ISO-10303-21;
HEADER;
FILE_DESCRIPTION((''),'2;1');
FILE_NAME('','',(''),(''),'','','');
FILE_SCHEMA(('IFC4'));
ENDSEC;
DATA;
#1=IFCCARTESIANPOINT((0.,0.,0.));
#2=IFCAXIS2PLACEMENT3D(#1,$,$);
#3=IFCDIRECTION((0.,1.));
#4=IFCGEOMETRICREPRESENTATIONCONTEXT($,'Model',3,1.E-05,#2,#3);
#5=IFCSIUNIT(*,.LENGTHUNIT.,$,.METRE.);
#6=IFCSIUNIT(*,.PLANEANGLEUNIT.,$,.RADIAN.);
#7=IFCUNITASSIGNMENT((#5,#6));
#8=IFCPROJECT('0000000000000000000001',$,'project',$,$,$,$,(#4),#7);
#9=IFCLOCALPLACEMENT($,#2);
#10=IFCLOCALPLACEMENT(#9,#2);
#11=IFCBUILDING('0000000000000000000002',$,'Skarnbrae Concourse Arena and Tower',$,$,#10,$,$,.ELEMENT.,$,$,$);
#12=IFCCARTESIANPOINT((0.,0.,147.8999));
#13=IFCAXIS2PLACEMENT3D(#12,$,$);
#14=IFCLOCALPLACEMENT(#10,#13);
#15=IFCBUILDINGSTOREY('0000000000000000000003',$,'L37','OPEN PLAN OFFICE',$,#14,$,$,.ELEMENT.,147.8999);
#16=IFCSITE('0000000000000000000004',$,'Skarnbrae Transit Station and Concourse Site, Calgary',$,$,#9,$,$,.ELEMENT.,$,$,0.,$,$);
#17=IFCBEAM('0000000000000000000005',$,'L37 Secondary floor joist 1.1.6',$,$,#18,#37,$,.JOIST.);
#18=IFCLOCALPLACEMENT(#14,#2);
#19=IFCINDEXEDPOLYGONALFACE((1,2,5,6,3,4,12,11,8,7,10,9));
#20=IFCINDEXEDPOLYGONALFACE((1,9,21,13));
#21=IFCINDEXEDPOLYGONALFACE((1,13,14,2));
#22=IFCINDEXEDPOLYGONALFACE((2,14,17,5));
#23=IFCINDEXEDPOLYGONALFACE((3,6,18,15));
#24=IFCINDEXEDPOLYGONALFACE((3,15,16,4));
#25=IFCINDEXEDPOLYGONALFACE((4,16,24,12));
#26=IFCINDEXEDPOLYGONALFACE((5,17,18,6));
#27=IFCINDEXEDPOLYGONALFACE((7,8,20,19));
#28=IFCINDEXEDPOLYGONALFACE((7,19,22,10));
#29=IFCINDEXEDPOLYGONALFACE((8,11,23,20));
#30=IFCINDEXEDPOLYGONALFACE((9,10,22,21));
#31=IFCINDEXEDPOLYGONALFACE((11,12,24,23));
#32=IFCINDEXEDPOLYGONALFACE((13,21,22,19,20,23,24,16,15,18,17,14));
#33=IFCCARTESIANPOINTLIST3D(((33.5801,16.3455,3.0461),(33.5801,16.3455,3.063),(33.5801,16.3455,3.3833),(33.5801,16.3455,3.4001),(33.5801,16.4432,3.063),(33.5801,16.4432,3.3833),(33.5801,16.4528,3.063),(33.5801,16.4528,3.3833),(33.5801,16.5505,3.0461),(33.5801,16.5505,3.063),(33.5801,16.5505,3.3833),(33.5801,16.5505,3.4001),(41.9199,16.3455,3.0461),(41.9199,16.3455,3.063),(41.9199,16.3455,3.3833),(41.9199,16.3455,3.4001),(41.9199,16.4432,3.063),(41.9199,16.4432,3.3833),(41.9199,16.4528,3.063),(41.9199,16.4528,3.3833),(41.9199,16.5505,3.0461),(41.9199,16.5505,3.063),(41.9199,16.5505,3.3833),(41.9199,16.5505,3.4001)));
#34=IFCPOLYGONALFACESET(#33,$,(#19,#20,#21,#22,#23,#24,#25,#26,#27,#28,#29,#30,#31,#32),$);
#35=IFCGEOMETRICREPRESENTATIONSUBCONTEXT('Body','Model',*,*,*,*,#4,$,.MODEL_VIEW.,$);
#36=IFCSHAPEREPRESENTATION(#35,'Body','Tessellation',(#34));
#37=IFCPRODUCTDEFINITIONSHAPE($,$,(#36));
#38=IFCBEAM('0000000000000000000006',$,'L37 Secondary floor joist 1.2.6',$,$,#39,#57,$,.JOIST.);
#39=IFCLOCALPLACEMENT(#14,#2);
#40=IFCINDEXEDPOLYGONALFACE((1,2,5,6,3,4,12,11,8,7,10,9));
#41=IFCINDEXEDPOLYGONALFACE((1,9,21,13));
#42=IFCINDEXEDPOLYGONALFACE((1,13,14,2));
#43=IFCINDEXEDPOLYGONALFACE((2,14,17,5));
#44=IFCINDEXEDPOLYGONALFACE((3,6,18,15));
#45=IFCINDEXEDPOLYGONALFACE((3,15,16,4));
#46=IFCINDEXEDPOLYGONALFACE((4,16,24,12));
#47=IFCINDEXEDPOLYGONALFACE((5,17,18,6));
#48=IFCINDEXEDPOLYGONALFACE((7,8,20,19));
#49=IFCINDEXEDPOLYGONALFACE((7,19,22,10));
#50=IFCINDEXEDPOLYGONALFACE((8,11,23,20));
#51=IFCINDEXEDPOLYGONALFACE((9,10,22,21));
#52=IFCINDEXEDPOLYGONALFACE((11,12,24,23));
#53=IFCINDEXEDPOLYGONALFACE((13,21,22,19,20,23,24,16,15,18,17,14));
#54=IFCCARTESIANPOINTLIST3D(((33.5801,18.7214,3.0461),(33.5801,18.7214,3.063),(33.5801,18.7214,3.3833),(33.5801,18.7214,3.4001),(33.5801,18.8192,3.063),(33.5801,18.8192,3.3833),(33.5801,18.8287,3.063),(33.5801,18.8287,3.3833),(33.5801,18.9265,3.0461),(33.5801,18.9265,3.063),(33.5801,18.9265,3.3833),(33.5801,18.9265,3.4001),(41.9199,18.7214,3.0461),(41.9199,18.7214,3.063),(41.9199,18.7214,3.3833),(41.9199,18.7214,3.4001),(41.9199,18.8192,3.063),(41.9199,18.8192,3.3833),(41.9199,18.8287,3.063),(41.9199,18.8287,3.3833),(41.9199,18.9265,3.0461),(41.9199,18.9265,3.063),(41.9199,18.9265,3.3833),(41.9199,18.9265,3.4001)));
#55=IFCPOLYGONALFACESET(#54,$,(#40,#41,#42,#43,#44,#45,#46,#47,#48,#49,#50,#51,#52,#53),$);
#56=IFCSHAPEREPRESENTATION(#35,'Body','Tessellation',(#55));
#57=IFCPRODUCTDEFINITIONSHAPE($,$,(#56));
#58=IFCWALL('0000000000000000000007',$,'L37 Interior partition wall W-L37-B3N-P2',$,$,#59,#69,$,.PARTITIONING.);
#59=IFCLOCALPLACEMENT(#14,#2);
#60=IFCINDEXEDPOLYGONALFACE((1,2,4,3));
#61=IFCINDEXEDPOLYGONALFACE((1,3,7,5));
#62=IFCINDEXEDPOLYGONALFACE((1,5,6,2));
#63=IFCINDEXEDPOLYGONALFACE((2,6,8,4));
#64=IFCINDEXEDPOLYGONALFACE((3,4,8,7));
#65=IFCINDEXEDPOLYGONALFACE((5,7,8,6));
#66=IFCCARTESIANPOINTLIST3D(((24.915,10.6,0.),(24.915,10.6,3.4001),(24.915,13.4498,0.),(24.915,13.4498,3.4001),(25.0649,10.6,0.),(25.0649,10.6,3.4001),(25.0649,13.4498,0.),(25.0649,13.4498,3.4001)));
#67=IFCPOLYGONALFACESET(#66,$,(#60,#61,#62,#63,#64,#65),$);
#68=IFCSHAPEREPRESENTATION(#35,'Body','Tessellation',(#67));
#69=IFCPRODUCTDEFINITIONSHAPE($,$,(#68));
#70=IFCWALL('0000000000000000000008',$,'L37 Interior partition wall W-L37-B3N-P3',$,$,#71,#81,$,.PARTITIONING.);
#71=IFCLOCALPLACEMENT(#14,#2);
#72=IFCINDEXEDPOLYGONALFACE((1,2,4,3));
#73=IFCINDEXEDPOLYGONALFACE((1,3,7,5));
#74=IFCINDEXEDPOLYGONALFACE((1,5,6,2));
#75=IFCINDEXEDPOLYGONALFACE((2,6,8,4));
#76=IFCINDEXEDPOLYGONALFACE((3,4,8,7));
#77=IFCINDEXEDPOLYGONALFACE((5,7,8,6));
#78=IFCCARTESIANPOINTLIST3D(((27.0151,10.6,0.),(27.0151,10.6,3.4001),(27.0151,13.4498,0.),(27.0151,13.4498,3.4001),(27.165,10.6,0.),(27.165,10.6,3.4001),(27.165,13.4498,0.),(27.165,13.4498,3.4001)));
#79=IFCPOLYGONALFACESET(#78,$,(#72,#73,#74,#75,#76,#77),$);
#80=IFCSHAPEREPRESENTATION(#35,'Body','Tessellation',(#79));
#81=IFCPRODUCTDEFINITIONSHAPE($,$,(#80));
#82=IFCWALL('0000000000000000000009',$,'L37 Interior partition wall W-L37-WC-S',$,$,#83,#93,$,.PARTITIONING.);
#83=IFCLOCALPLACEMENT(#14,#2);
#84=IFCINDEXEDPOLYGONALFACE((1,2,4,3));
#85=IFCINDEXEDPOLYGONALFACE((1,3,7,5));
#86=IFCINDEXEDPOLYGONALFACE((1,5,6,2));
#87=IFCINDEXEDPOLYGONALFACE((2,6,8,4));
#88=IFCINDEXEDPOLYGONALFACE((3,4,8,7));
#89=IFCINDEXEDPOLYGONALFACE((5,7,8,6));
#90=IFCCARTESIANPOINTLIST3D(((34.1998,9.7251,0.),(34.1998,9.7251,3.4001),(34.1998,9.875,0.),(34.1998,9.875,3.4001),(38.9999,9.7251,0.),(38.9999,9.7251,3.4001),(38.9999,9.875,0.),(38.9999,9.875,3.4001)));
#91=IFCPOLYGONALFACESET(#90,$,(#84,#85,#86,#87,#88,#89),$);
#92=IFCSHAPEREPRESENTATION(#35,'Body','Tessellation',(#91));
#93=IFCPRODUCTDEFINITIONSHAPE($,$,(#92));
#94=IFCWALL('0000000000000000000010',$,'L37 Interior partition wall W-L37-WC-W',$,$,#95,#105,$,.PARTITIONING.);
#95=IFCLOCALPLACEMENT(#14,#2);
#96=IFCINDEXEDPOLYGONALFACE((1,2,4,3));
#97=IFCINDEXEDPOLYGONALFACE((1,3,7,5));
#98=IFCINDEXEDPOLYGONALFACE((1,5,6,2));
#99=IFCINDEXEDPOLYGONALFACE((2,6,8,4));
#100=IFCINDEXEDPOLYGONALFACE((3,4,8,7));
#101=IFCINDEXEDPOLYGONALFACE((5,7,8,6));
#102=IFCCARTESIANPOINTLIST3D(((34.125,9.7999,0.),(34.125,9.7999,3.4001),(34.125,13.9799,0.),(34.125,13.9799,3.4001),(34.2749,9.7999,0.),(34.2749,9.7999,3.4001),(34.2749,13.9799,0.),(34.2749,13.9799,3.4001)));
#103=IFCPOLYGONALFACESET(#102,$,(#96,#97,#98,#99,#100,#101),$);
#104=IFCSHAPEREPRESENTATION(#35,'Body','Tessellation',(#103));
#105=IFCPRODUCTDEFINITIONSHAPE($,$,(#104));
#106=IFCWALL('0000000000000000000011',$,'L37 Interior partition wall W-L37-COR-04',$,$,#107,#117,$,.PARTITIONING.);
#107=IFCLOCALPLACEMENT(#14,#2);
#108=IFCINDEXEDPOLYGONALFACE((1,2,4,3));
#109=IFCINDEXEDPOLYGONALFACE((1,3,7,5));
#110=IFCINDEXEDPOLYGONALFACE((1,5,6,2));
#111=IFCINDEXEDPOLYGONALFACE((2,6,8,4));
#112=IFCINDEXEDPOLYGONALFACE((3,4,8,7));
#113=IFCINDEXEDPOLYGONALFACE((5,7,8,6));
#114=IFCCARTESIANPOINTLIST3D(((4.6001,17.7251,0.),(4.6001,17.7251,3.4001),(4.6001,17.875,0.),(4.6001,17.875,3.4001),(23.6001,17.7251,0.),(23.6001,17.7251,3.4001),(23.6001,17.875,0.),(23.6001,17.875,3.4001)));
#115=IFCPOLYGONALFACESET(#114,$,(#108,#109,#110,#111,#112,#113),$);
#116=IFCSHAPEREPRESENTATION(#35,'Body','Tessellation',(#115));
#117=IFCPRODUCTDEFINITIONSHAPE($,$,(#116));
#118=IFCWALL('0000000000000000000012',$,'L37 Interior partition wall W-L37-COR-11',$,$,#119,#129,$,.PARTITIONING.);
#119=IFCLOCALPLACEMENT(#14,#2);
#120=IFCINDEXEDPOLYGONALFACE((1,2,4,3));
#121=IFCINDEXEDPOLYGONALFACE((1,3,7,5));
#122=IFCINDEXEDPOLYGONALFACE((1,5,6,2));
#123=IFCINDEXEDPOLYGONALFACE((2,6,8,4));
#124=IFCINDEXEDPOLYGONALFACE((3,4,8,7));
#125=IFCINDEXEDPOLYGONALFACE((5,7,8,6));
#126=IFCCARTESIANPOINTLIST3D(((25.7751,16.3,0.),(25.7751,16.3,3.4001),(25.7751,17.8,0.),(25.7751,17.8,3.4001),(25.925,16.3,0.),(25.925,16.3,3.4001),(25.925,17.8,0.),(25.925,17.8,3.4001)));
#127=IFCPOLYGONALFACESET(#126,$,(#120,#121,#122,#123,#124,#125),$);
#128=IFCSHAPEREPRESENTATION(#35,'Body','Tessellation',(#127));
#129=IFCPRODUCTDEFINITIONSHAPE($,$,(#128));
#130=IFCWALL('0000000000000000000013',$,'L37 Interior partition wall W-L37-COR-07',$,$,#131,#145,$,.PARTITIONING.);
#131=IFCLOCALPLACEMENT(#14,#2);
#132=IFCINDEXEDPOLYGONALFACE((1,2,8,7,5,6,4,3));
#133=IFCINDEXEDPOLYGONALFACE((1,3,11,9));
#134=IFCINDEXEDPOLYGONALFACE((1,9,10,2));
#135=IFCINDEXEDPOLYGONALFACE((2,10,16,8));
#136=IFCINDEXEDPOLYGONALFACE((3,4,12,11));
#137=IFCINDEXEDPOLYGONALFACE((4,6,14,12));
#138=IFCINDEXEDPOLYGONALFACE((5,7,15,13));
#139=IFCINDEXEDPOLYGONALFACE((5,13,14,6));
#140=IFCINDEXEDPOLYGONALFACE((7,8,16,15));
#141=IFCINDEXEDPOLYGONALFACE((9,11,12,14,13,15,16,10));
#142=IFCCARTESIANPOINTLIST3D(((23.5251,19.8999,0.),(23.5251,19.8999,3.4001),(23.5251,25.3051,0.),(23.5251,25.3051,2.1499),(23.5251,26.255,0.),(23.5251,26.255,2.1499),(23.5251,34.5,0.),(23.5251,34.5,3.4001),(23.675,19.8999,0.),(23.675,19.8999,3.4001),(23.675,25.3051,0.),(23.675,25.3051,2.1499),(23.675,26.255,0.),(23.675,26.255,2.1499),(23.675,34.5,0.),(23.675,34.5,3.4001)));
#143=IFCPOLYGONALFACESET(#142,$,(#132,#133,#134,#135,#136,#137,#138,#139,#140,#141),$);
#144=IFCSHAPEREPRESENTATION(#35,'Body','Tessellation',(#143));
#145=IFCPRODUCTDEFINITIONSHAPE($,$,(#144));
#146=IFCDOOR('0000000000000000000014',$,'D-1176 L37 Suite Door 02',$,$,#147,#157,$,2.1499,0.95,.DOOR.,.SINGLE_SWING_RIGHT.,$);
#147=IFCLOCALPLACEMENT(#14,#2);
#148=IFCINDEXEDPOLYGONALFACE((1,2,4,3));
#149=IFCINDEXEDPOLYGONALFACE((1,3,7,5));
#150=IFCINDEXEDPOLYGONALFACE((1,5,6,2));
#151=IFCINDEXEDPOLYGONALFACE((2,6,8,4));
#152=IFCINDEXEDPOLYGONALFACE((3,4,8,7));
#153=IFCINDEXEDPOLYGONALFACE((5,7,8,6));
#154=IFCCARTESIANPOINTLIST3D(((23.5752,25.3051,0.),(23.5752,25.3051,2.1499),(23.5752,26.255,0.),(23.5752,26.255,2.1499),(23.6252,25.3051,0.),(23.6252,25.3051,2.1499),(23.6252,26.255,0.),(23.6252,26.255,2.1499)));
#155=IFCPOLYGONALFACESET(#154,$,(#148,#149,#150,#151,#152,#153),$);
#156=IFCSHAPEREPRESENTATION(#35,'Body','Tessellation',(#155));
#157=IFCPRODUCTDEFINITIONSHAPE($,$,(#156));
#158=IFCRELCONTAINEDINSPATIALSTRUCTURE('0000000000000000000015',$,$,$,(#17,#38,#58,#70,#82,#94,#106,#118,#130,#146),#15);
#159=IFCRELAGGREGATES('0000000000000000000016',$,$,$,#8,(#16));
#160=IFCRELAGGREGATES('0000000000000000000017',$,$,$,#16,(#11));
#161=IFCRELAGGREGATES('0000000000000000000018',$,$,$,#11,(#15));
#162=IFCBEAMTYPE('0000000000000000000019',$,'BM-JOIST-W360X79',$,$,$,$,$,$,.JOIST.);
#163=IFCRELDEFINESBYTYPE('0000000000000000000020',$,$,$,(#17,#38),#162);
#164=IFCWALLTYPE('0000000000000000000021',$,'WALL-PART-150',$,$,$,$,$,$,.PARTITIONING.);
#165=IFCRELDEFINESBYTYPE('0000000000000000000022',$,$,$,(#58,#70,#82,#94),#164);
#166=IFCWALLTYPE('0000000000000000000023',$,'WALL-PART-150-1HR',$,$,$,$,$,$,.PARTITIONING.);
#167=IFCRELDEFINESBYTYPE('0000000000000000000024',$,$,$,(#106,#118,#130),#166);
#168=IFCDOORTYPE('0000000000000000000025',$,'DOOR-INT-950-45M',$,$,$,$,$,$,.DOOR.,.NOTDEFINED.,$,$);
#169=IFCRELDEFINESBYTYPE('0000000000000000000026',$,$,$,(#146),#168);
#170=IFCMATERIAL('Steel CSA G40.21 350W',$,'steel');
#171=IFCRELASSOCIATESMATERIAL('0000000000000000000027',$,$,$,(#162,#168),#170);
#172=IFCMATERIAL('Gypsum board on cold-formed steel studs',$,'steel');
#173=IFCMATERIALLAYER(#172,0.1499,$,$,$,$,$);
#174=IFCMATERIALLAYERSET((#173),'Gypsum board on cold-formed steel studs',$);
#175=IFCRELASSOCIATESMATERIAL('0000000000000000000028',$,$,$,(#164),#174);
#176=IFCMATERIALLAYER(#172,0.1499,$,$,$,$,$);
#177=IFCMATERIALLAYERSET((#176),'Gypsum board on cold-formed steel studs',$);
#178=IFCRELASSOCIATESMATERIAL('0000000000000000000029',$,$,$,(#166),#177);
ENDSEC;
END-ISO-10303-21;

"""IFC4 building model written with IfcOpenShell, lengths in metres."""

from ifc_helpers import new_model, si_unit, direction, frame, frame_2d, origin, origin_2d, place, context, subcontext, project, spatial, rectangle, i_section, extrude, source, transform, mapped, material, layer, layer_set, material_profile, profile_set, type_object, element, fill, save


model = new_model("IFC4")

# Units and contexts
model_context = context("Model", 3, precision=1e-05, world=origin(), true_north=direction((0.0, 1.0)))
body_context = subcontext(model_context, "Body", "Model", "MODEL_VIEW")
ifc_project = project(units=[si_unit("LENGTHUNIT", "METRE"), si_unit("PLANEANGLEUNIT", "RADIAN")], contexts=[model_context])

# Site, building, storey
site_placement = place(None, origin())
site = spatial("IfcSite", under=ifc_project, at=site_placement, Name="Skarnbrae Transit Station and Concourse Site, Calgary", CompositionType="ELEMENT", RefElevation=0.0)
building_placement = place(site_placement, origin())
building = spatial("IfcBuilding", under=site, at=building_placement, Name="Skarnbrae Concourse Arena and Tower", CompositionType="ELEMENT")
storey_placement = place(building_placement, frame((0.0, 0.0, 147.8999)))
storey = spatial("IfcBuildingStorey", under=building, at=storey_placement, Name="L37", Description="OPEN PLAN OFFICE", CompositionType="ELEMENT", Elevation=147.8999)

# Shared definitions
ifc_material_1 = material(Name="Steel CSA G40.21 350W", Category="steel")

# Beams
ifc_material_profile_1 = material_profile(ifc_material_1, i_section(OverallWidth=0.2051, OverallDepth=0.354, WebThickness=0.0095, FlangeThickness=0.0168, at=origin_2d()), Name="W360X79")
ifc_profile_set_1 = profile_set([ifc_material_profile_1], Name="Steel CSA G40.21 350W")
beam_type_1 = type_object("IfcBeamType", Name="BM-JOIST-W360X79", PredefinedType="JOIST", material=ifc_profile_set_1)
shared_shape_1 = source(origin(), body_context, "Body", "SweptSolid", [
    extrude(i_section(OverallWidth=0.2051, OverallDepth=0.354, WebThickness=0.0095, FlangeThickness=0.0168, at=origin_2d()), origin(), (0.0, 0.0, 1.0), 8.3398),
])
for number, where, z_axis, x_axis, name in (
    (1, (33.5801, 16.448, 3.2231), (1.0, 0.0, 0.0), (0.0, 1.0, 0.0), "L37 Secondary floor joist 1.1.6"),
    (2, (33.5801, 18.824, 3.2231), (1.0, 0.0, 0.0), (0.0, 1.0, 0.0), "L37 Secondary floor joist 1.2.6"),
):
    element("IfcBeam", number, at=place(storey_placement, frame(where, z_axis=z_axis, x_axis=x_axis)), inside=storey, type_object=beam_type_1, Name=name, PredefinedType="JOIST", context=body_context, shape_type="MappedRepresentation", body=[
        mapped(shared_shape_1, transform((0.0, 0.0, 0.0))),
    ])

# Walls
ifc_material_2 = material(Name="Gypsum board on cold-formed steel studs", Category="steel")
ifc_layer_1 = layer(ifc_material_2, 0.1499)
ifc_layer_set_1 = layer_set([ifc_layer_1], Name="Gypsum board on cold-formed steel studs")
wall_type_1 = type_object("IfcWallType", Name="WALL-PART-150", PredefinedType="PARTITIONING", material=ifc_layer_set_1)
shared_shape_2 = source(origin(), body_context, "Body", "SweptSolid", [
    extrude(rectangle(XDim=2.8499, YDim=0.1499, at=frame_2d((1.4248, 0.0))), origin(), (0.0, 0.0, 1.0), 3.4001),
])
for number, where, z_axis, x_axis, name in (
    (3, (24.99, 10.6001, 0.0), (0.0, 0.0, 1.0), (0.0, 1.0, 0.0), "L37 Interior partition wall W-L37-B3N-P2"),
    (4, (27.0901, 10.6001, 0.0), (0.0, 0.0, 1.0), (0.0, 1.0, 0.0), "L37 Interior partition wall W-L37-B3N-P3"),
):
    element("IfcWall", number, at=place(storey_placement, frame(where, z_axis=z_axis, x_axis=x_axis)), inside=storey, type_object=wall_type_1, Name=name, PredefinedType="PARTITIONING", context=body_context, shape_type="MappedRepresentation", body=[
        mapped(shared_shape_2, transform((0.0, 0.0, 0.0))),
    ])
shared_shape_3 = source(origin(), body_context, "Body", "SweptSolid", [
    extrude(rectangle(XDim=4.8, YDim=0.1499, at=frame_2d((2.3999, 0.0))), origin(), (0.0, 0.0, 1.0), 3.4001),
])
wall_1_placement = place(storey_placement, frame((34.2, 9.8, 0.0), z_axis=(0.0, 0.0, 1.0), x_axis=(1.0, 0.0, 0.0)))
element("IfcWall", 5, at=wall_1_placement, inside=storey, type_object=wall_type_1, Name="L37 Interior partition wall W-L37-WC-S", PredefinedType="PARTITIONING", context=body_context, shape_type="MappedRepresentation", body=[
    mapped(shared_shape_3, transform((0.0, 0.0, 0.0))),
])
shared_shape_4 = source(origin(), body_context, "Body", "SweptSolid", [
    extrude(rectangle(XDim=4.1799, YDim=0.1499, at=frame_2d((2.0898, 0.0))), origin(), (0.0, 0.0, 1.0), 3.4001),
])
wall_2_placement = place(storey_placement, frame((34.2, 9.8, 0.0), z_axis=(0.0, 0.0, 1.0), x_axis=(0.0, 1.0, 0.0)))
element("IfcWall", 6, at=wall_2_placement, inside=storey, type_object=wall_type_1, Name="L37 Interior partition wall W-L37-WC-W", PredefinedType="PARTITIONING", context=body_context, shape_type="MappedRepresentation", body=[
    mapped(shared_shape_4, transform((0.0, 0.0, 0.0))),
])
ifc_layer_2 = layer(ifc_material_2, 0.1499)
ifc_layer_set_2 = layer_set([ifc_layer_2], Name="Gypsum board on cold-formed steel studs")
wall_type_2 = type_object("IfcWallType", Name="WALL-PART-150-1HR", PredefinedType="PARTITIONING", material=ifc_layer_set_2)
shared_shape_5 = source(origin(), body_context, "Body", "SweptSolid", [
    extrude(rectangle(XDim=19.0, YDim=0.1499, at=frame_2d((9.5, 0.0))), origin(), (0.0, 0.0, 1.0), 3.4001),
])
wall_3_placement = place(storey_placement, frame((23.6001, 17.8, 0.0), z_axis=(0.0, 0.0, 1.0), x_axis=(-1.0, 0.0, 0.0)))
element("IfcWall", 7, at=wall_3_placement, inside=storey, type_object=wall_type_2, Name="L37 Interior partition wall W-L37-COR-04", PredefinedType="PARTITIONING", context=body_context, shape_type="MappedRepresentation", body=[
    mapped(shared_shape_5, transform((0.0, 0.0, 0.0))),
])
shared_shape_6 = source(origin(), body_context, "Body", "SweptSolid", [
    extrude(rectangle(XDim=1.5, YDim=0.1499, at=frame_2d((0.75, 0.0))), origin(), (0.0, 0.0, 1.0), 3.4001),
])
wall_4_placement = place(storey_placement, frame((25.8501, 17.8, 0.0), z_axis=(0.0, 0.0, 1.0), x_axis=(0.0, -1.0, 0.0)))
element("IfcWall", 8, at=wall_4_placement, inside=storey, type_object=wall_type_2, Name="L37 Interior partition wall W-L37-COR-11", PredefinedType="PARTITIONING", context=body_context, shape_type="MappedRepresentation", body=[
    mapped(shared_shape_6, transform((0.0, 0.0, 0.0))),
])

# Wall, opening, door
shared_shape_7 = source(origin(), body_context, "Body", "SweptSolid", [
    extrude(rectangle(XDim=14.6001, YDim=0.1499, at=frame_2d((7.3, 0.0))), origin(), (0.0, 0.0, 1.0), 3.4001),
])
wall_5_placement = place(storey_placement, frame((23.6001, 19.8999, 0.0), z_axis=(0.0, 0.0, 1.0), x_axis=(0.0, 1.0, 0.0)))
wall_5 = element("IfcWall", 9, at=wall_5_placement, inside=storey, type_object=wall_type_2, Name="L37 Interior partition wall W-L37-COR-07", PredefinedType="PARTITIONING", context=body_context, shape_type="MappedRepresentation", body=[
    mapped(shared_shape_7, transform((0.0, 0.0, 0.0))),
])
opening_1_placement = place(wall_5_placement, frame((5.405, 0.0, 0.0)))
opening_1 = element("IfcOpeningElement", 10, at=opening_1_placement, cuts=wall_5, PredefinedType="OPENING", context=body_context, shape_type="SweptSolid", body=[
    extrude(rectangle(XDim=0.95, YDim=2.1499, at=frame_2d((0.4751, 1.075))), frame((0.0, 0.085, 0.0), z_axis=(0.0, -1.0, 0.0), x_axis=(1.0, 0.0, 0.0)), (0.0, 0.0, 1.0), 0.1699),
])
door_type_1 = type_object("IfcDoorType", Name="DOOR-INT-950-45M", OperationType="NOTDEFINED", PredefinedType="DOOR", material=ifc_material_1)
shared_shape_8 = source(origin(), body_context, "Body", "SweptSolid", [
    extrude(rectangle(XDim=0.95, YDim=2.1499, at=frame_2d((0.4751, 1.075))), frame((0.0, 0.0249, 0.0), z_axis=(0.0, -1.0, 0.0), x_axis=(1.0, 0.0, 0.0)), (0.0, 0.0, 1.0), 0.05),
])
door_1_placement = place(opening_1_placement, origin())
door_1 = element("IfcDoor", 11, at=door_1_placement, inside=storey, type_object=door_type_1, Name="D-1176 L37 Suite Door 02", OperationType="SINGLE_SWING_RIGHT", OverallHeight=2.1499, OverallWidth=0.95, PredefinedType="DOOR", context=body_context, shape_type="MappedRepresentation", body=[
    mapped(shared_shape_8, transform((0.0, 0.0, 0.0))),
])
fill(opening_1, door_1)

save(model, "model.ifc")
